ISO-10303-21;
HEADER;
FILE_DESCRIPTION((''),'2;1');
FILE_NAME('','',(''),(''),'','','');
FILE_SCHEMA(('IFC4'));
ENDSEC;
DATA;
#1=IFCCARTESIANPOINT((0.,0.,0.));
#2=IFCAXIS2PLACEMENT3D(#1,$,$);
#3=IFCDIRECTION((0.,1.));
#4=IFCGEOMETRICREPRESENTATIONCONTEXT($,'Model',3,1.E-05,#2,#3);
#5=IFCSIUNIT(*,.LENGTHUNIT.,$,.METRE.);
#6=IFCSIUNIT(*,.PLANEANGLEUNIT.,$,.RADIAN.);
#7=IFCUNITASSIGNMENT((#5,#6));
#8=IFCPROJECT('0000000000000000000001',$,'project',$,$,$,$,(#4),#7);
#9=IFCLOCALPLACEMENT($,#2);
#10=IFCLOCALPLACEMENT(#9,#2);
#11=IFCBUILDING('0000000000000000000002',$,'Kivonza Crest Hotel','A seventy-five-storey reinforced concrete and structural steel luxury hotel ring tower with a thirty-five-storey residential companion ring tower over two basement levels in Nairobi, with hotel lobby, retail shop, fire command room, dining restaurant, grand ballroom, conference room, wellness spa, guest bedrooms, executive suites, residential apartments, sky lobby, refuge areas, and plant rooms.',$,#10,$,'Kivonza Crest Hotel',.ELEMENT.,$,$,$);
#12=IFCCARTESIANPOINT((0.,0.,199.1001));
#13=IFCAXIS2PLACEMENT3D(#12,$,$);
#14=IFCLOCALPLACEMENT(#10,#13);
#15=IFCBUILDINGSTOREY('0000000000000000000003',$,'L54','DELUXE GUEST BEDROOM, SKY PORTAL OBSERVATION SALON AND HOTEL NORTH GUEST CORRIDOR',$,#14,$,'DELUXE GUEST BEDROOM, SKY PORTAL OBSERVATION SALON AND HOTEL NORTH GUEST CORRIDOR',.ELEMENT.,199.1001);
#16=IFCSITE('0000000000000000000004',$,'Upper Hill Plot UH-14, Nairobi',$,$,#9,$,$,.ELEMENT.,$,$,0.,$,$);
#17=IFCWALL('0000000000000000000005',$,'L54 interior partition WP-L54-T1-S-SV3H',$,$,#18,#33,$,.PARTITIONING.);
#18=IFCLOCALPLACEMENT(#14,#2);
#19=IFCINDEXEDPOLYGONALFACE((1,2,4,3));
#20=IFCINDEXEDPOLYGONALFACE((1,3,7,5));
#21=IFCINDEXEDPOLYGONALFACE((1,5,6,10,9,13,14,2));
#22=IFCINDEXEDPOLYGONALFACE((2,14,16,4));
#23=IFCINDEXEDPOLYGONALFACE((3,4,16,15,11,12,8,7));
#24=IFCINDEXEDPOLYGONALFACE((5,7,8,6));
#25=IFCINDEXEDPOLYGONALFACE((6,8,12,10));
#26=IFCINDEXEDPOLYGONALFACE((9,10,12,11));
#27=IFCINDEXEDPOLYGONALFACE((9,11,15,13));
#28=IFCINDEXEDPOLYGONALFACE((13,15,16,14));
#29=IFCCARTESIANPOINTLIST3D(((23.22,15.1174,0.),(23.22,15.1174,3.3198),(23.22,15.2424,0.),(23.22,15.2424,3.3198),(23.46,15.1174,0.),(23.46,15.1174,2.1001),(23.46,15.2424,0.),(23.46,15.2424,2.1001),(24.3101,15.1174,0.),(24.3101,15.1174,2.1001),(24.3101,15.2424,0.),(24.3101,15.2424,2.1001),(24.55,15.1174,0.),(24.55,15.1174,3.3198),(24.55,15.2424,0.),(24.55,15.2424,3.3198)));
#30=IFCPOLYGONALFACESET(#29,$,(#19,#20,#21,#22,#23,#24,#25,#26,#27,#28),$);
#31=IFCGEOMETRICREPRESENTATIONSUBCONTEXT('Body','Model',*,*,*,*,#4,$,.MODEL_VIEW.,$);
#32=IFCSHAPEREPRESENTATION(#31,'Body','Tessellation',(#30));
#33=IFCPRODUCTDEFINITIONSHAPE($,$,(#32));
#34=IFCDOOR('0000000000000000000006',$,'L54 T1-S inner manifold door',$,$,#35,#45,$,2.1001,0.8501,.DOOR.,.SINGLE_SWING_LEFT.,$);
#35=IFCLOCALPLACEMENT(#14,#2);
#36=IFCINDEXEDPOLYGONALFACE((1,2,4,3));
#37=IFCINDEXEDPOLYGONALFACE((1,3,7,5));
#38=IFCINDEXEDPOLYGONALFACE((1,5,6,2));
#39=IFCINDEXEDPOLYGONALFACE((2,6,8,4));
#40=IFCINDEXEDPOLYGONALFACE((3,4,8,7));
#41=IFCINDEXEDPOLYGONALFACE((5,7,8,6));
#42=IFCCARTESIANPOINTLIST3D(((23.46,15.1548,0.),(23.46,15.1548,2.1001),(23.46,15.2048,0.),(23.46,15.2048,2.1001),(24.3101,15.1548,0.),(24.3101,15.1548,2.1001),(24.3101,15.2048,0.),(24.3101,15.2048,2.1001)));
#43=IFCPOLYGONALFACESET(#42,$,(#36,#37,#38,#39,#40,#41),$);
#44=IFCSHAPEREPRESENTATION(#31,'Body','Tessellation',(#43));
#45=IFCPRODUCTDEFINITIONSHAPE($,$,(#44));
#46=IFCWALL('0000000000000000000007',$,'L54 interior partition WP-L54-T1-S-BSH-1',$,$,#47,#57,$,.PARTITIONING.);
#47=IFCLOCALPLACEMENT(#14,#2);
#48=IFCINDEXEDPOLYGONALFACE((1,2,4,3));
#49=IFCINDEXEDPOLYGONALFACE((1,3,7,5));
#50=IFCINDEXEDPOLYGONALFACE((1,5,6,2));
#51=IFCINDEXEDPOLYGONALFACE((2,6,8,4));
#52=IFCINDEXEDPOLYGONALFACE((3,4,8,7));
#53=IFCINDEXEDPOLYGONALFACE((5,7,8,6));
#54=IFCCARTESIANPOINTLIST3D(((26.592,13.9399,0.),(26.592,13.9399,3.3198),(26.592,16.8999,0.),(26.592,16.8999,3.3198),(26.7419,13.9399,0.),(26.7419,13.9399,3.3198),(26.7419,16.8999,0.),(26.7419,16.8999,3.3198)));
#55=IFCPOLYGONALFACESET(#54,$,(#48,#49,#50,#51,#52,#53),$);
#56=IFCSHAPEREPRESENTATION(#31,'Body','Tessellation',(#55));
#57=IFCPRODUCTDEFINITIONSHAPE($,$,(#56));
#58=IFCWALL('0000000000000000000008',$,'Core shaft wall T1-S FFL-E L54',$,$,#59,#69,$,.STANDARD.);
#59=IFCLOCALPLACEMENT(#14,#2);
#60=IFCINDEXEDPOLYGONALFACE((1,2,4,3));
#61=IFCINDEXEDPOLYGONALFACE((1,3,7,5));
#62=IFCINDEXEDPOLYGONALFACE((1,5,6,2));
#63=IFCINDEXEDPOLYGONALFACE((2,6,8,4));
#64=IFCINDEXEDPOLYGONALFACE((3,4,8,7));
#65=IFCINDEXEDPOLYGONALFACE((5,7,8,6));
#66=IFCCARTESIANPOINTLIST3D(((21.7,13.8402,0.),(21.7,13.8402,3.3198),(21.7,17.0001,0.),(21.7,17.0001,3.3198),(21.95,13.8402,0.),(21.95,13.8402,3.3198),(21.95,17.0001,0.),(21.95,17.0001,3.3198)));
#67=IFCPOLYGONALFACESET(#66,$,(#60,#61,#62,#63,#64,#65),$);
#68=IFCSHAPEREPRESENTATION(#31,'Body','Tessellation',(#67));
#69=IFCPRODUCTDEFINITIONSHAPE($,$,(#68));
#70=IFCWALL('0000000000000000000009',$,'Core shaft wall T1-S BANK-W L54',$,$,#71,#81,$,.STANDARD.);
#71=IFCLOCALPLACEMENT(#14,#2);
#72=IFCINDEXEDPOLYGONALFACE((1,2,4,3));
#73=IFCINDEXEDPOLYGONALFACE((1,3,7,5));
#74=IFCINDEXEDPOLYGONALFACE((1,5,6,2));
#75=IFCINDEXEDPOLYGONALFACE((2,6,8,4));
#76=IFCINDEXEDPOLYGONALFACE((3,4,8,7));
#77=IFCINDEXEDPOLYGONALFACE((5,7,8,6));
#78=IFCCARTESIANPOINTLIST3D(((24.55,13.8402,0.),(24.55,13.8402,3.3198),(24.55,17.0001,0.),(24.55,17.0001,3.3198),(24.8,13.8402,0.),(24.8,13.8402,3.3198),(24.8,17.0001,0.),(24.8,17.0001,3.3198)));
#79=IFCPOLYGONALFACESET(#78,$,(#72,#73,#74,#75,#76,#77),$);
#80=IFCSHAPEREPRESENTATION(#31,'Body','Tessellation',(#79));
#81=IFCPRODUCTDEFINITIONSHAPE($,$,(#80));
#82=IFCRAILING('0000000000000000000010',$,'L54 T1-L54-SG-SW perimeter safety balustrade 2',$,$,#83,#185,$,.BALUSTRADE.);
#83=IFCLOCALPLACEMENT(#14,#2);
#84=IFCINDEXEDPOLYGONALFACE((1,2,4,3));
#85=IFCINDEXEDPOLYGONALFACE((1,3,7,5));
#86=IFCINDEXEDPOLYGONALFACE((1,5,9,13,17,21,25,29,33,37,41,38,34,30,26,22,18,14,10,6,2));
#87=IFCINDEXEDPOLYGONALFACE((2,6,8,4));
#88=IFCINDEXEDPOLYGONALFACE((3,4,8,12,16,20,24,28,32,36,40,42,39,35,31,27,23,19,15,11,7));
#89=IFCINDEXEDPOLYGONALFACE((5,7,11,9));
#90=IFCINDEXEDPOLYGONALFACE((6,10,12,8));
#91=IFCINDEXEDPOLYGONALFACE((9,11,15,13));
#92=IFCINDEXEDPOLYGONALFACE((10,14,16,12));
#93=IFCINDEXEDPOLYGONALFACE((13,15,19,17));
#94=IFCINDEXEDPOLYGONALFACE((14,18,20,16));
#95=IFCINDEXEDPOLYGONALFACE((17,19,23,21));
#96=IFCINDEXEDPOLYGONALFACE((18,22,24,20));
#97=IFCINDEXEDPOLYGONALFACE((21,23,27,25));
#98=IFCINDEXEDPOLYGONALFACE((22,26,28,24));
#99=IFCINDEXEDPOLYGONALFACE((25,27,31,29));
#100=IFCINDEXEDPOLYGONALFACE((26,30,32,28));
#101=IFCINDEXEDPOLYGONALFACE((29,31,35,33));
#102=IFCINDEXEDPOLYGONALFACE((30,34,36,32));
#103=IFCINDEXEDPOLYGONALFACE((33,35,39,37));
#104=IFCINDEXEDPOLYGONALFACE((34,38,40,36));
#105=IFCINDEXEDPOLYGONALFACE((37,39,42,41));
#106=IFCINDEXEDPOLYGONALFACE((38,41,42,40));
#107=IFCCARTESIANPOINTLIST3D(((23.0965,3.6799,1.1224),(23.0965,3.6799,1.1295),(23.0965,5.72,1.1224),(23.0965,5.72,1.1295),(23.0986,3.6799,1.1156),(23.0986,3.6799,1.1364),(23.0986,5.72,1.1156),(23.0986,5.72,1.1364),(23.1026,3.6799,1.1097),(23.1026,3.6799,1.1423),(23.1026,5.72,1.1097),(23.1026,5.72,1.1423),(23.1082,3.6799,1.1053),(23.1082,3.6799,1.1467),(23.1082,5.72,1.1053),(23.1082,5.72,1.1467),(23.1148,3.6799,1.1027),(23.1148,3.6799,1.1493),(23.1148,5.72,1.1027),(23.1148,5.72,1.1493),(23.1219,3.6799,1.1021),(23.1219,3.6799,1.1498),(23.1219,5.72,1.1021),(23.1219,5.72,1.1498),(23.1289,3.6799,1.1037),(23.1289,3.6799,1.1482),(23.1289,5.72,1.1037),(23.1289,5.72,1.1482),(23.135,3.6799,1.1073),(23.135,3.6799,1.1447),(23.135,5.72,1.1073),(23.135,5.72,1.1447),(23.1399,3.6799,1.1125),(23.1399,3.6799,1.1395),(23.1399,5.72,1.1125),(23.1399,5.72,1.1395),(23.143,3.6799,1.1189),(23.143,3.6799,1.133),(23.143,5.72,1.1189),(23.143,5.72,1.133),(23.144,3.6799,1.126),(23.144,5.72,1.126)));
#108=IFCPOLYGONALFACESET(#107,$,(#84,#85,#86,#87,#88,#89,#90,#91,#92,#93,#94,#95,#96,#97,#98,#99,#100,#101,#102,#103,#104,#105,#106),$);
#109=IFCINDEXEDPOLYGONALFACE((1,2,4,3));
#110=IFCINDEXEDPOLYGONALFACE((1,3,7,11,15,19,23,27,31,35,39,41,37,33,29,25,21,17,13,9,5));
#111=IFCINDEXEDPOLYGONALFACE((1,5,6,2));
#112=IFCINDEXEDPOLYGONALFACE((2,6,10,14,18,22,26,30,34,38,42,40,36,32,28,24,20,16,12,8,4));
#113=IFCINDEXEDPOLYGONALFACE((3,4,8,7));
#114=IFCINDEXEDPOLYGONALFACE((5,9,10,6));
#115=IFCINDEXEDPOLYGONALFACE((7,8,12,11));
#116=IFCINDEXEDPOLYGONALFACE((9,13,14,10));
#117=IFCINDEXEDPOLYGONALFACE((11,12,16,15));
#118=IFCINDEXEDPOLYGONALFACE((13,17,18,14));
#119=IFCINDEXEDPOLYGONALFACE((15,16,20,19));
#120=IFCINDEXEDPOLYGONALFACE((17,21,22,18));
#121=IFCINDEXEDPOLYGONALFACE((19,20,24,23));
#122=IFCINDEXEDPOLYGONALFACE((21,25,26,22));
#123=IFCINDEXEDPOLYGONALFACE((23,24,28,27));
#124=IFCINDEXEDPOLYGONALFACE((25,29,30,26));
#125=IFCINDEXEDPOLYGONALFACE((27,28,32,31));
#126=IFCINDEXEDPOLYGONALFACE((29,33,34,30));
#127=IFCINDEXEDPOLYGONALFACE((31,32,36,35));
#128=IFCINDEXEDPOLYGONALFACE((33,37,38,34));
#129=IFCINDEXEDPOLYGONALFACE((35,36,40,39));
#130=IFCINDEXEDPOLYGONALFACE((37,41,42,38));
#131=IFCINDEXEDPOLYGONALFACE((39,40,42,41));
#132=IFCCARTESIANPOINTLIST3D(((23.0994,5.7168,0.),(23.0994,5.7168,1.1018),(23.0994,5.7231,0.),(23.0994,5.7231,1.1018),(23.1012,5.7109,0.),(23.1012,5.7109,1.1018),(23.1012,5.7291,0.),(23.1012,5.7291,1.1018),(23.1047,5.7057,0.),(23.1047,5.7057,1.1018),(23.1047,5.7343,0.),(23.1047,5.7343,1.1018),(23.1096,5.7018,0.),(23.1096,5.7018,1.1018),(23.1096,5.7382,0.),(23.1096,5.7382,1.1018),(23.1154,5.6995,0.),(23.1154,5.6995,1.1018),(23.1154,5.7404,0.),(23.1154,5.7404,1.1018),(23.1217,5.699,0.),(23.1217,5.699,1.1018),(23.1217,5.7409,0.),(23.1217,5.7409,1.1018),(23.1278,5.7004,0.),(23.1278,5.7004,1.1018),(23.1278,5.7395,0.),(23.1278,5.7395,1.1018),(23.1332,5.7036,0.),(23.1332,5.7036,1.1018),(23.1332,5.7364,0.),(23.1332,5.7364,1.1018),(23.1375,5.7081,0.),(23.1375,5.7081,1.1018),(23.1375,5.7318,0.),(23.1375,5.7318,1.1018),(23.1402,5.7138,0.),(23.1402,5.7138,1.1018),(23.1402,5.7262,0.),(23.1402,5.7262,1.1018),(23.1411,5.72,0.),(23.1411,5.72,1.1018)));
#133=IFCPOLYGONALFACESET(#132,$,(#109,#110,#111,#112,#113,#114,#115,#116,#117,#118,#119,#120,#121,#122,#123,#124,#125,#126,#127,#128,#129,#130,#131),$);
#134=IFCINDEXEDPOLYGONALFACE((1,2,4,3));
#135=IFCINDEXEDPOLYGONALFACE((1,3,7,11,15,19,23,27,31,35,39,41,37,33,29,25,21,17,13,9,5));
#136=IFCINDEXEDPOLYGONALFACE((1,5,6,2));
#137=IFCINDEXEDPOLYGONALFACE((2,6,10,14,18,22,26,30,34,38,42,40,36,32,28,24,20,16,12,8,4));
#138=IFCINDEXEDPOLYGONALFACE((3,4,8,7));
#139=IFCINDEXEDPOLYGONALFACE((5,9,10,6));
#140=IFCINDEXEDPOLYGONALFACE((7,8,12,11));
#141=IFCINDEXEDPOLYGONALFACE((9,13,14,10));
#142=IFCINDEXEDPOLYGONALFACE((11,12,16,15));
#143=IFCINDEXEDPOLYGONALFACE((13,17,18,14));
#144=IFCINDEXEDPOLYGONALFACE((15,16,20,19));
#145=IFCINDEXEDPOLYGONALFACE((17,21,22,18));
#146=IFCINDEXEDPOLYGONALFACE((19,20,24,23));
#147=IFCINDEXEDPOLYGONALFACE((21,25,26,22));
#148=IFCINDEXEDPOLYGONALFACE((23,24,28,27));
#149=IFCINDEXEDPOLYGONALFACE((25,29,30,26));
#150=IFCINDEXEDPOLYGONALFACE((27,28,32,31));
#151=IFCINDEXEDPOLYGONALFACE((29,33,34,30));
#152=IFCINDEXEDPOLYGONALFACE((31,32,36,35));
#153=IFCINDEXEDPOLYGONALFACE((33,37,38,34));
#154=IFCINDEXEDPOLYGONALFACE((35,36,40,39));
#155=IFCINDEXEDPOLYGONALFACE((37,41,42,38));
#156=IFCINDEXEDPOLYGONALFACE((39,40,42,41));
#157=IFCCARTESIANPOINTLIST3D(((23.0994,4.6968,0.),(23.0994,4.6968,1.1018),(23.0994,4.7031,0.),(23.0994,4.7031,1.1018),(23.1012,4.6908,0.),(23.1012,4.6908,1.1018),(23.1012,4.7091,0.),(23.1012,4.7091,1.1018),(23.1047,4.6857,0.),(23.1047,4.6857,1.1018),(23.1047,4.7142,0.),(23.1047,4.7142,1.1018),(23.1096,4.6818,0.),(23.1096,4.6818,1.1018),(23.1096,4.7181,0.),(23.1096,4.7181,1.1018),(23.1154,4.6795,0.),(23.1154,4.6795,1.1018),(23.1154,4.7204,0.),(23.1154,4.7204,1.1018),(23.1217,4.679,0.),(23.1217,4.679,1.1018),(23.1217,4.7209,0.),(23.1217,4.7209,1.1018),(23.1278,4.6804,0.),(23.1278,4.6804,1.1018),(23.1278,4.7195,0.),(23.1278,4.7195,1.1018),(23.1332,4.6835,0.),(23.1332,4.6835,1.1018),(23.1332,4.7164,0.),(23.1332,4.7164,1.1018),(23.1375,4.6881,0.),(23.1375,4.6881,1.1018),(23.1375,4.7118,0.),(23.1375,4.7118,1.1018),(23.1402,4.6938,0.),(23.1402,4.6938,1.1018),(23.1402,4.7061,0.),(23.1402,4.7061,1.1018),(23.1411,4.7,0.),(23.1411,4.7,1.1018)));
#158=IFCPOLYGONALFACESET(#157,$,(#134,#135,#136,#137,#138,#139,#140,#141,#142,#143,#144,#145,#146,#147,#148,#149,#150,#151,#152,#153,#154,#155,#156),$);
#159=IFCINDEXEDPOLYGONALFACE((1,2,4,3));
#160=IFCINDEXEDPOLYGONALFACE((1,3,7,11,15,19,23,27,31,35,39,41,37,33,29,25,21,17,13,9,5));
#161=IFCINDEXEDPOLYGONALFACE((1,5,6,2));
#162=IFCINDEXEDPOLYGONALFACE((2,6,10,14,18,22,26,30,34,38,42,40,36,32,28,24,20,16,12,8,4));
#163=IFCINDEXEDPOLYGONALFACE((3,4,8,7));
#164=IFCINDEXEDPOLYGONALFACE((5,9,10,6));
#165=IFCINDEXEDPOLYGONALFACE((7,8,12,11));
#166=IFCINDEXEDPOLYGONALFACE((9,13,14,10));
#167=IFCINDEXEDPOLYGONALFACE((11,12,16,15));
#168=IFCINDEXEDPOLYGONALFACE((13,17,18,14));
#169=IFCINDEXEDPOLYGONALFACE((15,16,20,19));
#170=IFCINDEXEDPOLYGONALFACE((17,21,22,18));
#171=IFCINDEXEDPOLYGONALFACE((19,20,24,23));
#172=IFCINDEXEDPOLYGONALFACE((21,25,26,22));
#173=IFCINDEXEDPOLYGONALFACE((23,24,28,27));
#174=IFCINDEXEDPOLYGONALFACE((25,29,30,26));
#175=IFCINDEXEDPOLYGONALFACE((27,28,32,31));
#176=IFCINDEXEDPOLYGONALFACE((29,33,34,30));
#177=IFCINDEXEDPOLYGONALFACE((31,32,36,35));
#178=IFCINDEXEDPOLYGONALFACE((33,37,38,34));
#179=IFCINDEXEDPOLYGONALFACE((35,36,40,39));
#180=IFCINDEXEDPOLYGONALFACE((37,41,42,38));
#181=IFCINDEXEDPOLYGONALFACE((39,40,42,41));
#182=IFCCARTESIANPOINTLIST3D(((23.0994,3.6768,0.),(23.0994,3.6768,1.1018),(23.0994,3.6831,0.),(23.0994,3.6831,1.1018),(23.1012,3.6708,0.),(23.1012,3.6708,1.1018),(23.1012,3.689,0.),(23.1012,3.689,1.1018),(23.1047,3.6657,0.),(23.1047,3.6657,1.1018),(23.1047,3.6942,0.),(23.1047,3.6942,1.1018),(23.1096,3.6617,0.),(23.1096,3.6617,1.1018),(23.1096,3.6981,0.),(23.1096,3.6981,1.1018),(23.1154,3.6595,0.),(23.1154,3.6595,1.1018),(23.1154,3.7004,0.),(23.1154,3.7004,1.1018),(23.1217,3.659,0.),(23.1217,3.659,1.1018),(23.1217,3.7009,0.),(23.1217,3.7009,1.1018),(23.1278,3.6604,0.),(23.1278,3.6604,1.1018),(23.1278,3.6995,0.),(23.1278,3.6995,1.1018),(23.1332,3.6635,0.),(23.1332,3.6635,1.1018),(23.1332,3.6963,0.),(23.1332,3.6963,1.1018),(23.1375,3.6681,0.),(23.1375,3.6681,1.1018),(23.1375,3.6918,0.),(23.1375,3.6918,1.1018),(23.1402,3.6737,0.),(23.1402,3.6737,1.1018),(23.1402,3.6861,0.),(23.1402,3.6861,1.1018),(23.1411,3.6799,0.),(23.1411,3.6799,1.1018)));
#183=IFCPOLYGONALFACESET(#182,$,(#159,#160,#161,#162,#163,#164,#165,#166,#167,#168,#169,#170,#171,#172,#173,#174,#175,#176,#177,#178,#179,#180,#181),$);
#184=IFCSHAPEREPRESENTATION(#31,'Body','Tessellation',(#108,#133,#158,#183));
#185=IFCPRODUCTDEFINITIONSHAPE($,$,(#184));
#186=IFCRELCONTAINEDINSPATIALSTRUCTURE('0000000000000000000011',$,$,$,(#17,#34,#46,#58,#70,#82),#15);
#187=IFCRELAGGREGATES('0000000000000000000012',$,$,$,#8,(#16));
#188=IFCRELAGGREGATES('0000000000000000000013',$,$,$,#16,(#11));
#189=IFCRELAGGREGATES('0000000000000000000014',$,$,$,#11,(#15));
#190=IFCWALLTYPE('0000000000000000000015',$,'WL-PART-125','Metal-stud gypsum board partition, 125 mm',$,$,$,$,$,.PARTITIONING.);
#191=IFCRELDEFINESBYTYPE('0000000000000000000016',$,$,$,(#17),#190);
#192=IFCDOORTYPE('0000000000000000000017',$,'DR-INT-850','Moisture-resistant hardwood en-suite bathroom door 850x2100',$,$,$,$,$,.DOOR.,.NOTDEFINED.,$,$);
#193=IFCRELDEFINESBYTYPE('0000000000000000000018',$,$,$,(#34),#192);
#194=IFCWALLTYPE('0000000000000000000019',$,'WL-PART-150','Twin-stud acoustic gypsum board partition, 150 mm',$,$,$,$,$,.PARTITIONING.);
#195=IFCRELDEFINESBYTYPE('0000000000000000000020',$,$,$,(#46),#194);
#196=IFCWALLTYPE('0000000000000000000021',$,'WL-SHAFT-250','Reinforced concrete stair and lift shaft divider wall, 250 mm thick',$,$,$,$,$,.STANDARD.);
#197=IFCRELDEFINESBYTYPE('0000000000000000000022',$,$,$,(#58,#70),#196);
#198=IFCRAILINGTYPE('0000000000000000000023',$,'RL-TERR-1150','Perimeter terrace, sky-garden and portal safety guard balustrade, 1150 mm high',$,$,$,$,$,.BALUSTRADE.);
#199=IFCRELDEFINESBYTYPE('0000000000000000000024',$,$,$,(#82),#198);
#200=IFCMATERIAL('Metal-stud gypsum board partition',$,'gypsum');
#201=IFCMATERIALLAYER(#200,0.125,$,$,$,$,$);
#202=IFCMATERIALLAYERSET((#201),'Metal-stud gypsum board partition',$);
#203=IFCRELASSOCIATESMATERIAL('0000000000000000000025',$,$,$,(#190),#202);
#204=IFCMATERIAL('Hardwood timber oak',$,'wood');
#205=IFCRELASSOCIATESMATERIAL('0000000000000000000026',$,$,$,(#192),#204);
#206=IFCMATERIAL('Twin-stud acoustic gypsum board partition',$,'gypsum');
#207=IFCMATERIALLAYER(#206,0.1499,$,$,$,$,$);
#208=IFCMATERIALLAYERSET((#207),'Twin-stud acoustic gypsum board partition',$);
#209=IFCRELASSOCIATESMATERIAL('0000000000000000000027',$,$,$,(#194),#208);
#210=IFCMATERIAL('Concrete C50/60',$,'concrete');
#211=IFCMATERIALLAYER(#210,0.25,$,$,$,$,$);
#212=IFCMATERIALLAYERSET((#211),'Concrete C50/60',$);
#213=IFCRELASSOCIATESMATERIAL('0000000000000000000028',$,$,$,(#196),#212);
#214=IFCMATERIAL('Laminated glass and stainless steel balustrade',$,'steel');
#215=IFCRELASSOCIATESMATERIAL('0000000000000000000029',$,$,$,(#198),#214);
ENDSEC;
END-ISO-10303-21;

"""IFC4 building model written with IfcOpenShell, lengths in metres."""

from ifc_helpers import new_model, si_unit, direction, frame, frame_2d, origin, origin_2d, place, context, subcontext, project, spatial, rectangle, circle, extrude, material, layer, layer_set, type_object, element, fill, save


model = new_model("IFC4")

# Units and contexts
model_context = context("Model", 3, precision=1e-05, world=origin(), true_north=direction((0.0, 1.0)))
body_context = subcontext(model_context, "Body", "Model", "MODEL_VIEW")
ifc_project = project(units=[si_unit("LENGTHUNIT", "METRE"), si_unit("PLANEANGLEUNIT", "RADIAN")], contexts=[model_context])

# Site, building, storey
site_placement = place(None, origin())
site = spatial("IfcSite", under=ifc_project, at=site_placement, Name="Upper Hill Plot UH-14, Nairobi", CompositionType="ELEMENT", RefElevation=0.0)
building_placement = place(site_placement, origin())
building = spatial("IfcBuilding", under=site, at=building_placement, Name="Kivonza Crest Hotel", Description="A seventy-five-storey reinforced concrete and structural steel luxury hotel ring tower with a thirty-five-storey residential companion ring tower over two basement levels in Nairobi, with hotel lobby, retail shop, fire command room, dining restaurant, grand ballroom, conference room, wellness spa, guest bedrooms, executive suites, residential apartments, sky lobby, refuge areas, and plant rooms.", LongName="Kivonza Crest Hotel", CompositionType="ELEMENT")
storey_placement = place(building_placement, frame((0.0, 0.0, 199.1001)))
storey = spatial("IfcBuildingStorey", under=building, at=storey_placement, Name="L54", Description="DELUXE GUEST BEDROOM, SKY PORTAL OBSERVATION SALON AND HOTEL NORTH GUEST CORRIDOR", LongName="DELUXE GUEST BEDROOM, SKY PORTAL OBSERVATION SALON AND HOTEL NORTH GUEST CORRIDOR", CompositionType="ELEMENT", Elevation=199.1001)

# Shared definitions
ifc_material_1 = material(Name="Concrete C50/60", Category="concrete")

# Shared definitions
ifc_material_2 = material(Name="Hardwood timber oak", Category="wood")

# Wall, opening, door
ifc_material_3 = material(Name="Metal-stud gypsum board partition", Category="gypsum")
ifc_layer_1 = layer(ifc_material_3, 0.125)
ifc_layer_set_1 = layer_set([ifc_layer_1], Name="Metal-stud gypsum board partition")
wall_type_1 = type_object("IfcWallType", Name="WL-PART-125", Description="Metal-stud gypsum board partition, 125 mm", PredefinedType="PARTITIONING", material=ifc_layer_set_1)
wall_1_placement = place(storey_placement, frame((23.22, 15.1799, 0.0), z_axis=(0.0, 0.0, 1.0), x_axis=(1.0, 0.0, 0.0)))
wall_1 = element("IfcWall", 1, at=wall_1_placement, inside=storey, type_object=wall_type_1, Name="L54 interior partition WP-L54-T1-S-SV3H", PredefinedType="PARTITIONING", context=body_context, shape_type="SweptSolid", body=[
    extrude(rectangle(XDim=1.3301, YDim=0.125, at=frame_2d((0.665, 0.0))), origin(), (0.0, 0.0, 1.0), 3.3198),
])
opening_1_placement = place(wall_1_placement, frame((0.24, 0.0, 0.0)))
opening_1 = element("IfcOpeningElement", 2, at=opening_1_placement, cuts=wall_1, PredefinedType="OPENING", context=body_context, shape_type="SweptSolid", body=[
    extrude(rectangle(XDim=0.8501, YDim=2.1001, at=frame_2d((0.425, 1.05))), frame((0.0, 0.0725, 0.0), z_axis=(0.0, -1.0, 0.0), x_axis=(1.0, 0.0, 0.0)), (0.0, 0.0, 1.0), 0.145),
])
door_type_1 = type_object("IfcDoorType", Name="DR-INT-850", Description="Moisture-resistant hardwood en-suite bathroom door 850x2100", OperationType="NOTDEFINED", PredefinedType="DOOR", material=ifc_material_2)
door_1_placement = place(opening_1_placement, origin())
door_1 = element("IfcDoor", 3, at=door_1_placement, inside=storey, type_object=door_type_1, Name="L54 T1-S inner manifold door", OperationType="SINGLE_SWING_LEFT", OverallHeight=2.1001, OverallWidth=0.8501, PredefinedType="DOOR", context=body_context, shape_type="SweptSolid", body=[
    extrude(rectangle(XDim=0.8501, YDim=2.1001, at=frame_2d((0.425, 1.05))), frame((0.0, 0.0249, 0.0), z_axis=(0.0, -1.0, 0.0), x_axis=(1.0, 0.0, 0.0)), (0.0, 0.0, 1.0), 0.05),
])
fill(opening_1, door_1)

# Walls
ifc_material_4 = material(Name="Twin-stud acoustic gypsum board partition", Category="gypsum")
ifc_layer_2 = layer(ifc_material_4, 0.1499)
ifc_layer_set_2 = layer_set([ifc_layer_2], Name="Twin-stud acoustic gypsum board partition")
wall_type_2 = type_object("IfcWallType", Name="WL-PART-150", Description="Twin-stud acoustic gypsum board partition, 150 mm", PredefinedType="PARTITIONING", material=ifc_layer_set_2)
wall_2_placement = place(storey_placement, frame((26.667, 13.9399, 0.0), z_axis=(0.0, 0.0, 1.0), x_axis=(0.0, 1.0, 0.0)))
element("IfcWall", 4, at=wall_2_placement, inside=storey, type_object=wall_type_2, Name="L54 interior partition WP-L54-T1-S-BSH-1", PredefinedType="PARTITIONING", context=body_context, shape_type="SweptSolid", body=[
    extrude(rectangle(XDim=2.96, YDim=0.1499, at=frame_2d((1.48, 0.0))), origin(), (0.0, 0.0, 1.0), 3.3198),
])
ifc_layer_3 = layer(ifc_material_1, 0.25)
ifc_layer_set_3 = layer_set([ifc_layer_3], Name="Concrete C50/60")
wall_type_3 = type_object("IfcWallType", Name="WL-SHAFT-250", Description="Reinforced concrete stair and lift shaft divider wall, 250 mm thick", PredefinedType="STANDARD", material=ifc_layer_set_3)
for number, where, z_axis, x_axis, name in (
    (5, (21.825, 13.8401, 0.0), (0.0, 0.0, 1.0), (0.0, 1.0, 0.0), "Core shaft wall T1-S FFL-E L54"),
    (6, (24.675, 13.8401, 0.0), (0.0, 0.0, 1.0), (0.0, 1.0, 0.0), "Core shaft wall T1-S BANK-W L54"),
):
    element("IfcWall", number, at=place(storey_placement, frame(where, z_axis=z_axis, x_axis=x_axis)), inside=storey, type_object=wall_type_3, Name=name, PredefinedType="STANDARD", context=body_context, shape_type="SweptSolid", body=[
        extrude(rectangle(XDim=3.1599, YDim=0.25, at=frame_2d((1.5801, 0.0))), origin(), (0.0, 0.0, 1.0), 3.3198),
    ])

# Railing
ifc_material_5 = material(Name="Laminated glass and stainless steel balustrade", Category="steel")
railing_type = type_object("IfcRailingType", Name="RL-TERR-1150", Description="Perimeter terrace, sky-garden and portal safety guard balustrade, 1150 mm high", PredefinedType="BALUSTRADE", material=ifc_material_5)
railing_1_placement = place(storey_placement, frame((23.1201, 5.72, 0.0)))
element("IfcRailing", 7, at=railing_1_placement, inside=storey, type_object=railing_type, Name="L54 T1-L54-SG-SW perimeter safety balustrade 2", PredefinedType="BALUSTRADE", context=body_context, shape_type="SweptSolid", body=[
    extrude(circle(Radius=0.0239, at=origin_2d()), frame((0.0, 0.0, 1.126), z_axis=(0.0, -1.0, 0.0), x_axis=(1.0, 0.0, 0.0)), (0.0, 0.0, 1.0), 2.04),
    extrude(circle(Radius=0.021, at=origin_2d()), origin(), (0.0, 0.0, 1.0), 1.1018),
    extrude(circle(Radius=0.021, at=origin_2d()), frame((0.0, -1.02, 0.0)), (0.0, 0.0, 1.0), 1.1018),
    extrude(circle(Radius=0.021, at=origin_2d()), frame((0.0, -2.04, 0.0)), (0.0, 0.0, 1.0), 1.1018),
])

save(model, "model.ifc")
